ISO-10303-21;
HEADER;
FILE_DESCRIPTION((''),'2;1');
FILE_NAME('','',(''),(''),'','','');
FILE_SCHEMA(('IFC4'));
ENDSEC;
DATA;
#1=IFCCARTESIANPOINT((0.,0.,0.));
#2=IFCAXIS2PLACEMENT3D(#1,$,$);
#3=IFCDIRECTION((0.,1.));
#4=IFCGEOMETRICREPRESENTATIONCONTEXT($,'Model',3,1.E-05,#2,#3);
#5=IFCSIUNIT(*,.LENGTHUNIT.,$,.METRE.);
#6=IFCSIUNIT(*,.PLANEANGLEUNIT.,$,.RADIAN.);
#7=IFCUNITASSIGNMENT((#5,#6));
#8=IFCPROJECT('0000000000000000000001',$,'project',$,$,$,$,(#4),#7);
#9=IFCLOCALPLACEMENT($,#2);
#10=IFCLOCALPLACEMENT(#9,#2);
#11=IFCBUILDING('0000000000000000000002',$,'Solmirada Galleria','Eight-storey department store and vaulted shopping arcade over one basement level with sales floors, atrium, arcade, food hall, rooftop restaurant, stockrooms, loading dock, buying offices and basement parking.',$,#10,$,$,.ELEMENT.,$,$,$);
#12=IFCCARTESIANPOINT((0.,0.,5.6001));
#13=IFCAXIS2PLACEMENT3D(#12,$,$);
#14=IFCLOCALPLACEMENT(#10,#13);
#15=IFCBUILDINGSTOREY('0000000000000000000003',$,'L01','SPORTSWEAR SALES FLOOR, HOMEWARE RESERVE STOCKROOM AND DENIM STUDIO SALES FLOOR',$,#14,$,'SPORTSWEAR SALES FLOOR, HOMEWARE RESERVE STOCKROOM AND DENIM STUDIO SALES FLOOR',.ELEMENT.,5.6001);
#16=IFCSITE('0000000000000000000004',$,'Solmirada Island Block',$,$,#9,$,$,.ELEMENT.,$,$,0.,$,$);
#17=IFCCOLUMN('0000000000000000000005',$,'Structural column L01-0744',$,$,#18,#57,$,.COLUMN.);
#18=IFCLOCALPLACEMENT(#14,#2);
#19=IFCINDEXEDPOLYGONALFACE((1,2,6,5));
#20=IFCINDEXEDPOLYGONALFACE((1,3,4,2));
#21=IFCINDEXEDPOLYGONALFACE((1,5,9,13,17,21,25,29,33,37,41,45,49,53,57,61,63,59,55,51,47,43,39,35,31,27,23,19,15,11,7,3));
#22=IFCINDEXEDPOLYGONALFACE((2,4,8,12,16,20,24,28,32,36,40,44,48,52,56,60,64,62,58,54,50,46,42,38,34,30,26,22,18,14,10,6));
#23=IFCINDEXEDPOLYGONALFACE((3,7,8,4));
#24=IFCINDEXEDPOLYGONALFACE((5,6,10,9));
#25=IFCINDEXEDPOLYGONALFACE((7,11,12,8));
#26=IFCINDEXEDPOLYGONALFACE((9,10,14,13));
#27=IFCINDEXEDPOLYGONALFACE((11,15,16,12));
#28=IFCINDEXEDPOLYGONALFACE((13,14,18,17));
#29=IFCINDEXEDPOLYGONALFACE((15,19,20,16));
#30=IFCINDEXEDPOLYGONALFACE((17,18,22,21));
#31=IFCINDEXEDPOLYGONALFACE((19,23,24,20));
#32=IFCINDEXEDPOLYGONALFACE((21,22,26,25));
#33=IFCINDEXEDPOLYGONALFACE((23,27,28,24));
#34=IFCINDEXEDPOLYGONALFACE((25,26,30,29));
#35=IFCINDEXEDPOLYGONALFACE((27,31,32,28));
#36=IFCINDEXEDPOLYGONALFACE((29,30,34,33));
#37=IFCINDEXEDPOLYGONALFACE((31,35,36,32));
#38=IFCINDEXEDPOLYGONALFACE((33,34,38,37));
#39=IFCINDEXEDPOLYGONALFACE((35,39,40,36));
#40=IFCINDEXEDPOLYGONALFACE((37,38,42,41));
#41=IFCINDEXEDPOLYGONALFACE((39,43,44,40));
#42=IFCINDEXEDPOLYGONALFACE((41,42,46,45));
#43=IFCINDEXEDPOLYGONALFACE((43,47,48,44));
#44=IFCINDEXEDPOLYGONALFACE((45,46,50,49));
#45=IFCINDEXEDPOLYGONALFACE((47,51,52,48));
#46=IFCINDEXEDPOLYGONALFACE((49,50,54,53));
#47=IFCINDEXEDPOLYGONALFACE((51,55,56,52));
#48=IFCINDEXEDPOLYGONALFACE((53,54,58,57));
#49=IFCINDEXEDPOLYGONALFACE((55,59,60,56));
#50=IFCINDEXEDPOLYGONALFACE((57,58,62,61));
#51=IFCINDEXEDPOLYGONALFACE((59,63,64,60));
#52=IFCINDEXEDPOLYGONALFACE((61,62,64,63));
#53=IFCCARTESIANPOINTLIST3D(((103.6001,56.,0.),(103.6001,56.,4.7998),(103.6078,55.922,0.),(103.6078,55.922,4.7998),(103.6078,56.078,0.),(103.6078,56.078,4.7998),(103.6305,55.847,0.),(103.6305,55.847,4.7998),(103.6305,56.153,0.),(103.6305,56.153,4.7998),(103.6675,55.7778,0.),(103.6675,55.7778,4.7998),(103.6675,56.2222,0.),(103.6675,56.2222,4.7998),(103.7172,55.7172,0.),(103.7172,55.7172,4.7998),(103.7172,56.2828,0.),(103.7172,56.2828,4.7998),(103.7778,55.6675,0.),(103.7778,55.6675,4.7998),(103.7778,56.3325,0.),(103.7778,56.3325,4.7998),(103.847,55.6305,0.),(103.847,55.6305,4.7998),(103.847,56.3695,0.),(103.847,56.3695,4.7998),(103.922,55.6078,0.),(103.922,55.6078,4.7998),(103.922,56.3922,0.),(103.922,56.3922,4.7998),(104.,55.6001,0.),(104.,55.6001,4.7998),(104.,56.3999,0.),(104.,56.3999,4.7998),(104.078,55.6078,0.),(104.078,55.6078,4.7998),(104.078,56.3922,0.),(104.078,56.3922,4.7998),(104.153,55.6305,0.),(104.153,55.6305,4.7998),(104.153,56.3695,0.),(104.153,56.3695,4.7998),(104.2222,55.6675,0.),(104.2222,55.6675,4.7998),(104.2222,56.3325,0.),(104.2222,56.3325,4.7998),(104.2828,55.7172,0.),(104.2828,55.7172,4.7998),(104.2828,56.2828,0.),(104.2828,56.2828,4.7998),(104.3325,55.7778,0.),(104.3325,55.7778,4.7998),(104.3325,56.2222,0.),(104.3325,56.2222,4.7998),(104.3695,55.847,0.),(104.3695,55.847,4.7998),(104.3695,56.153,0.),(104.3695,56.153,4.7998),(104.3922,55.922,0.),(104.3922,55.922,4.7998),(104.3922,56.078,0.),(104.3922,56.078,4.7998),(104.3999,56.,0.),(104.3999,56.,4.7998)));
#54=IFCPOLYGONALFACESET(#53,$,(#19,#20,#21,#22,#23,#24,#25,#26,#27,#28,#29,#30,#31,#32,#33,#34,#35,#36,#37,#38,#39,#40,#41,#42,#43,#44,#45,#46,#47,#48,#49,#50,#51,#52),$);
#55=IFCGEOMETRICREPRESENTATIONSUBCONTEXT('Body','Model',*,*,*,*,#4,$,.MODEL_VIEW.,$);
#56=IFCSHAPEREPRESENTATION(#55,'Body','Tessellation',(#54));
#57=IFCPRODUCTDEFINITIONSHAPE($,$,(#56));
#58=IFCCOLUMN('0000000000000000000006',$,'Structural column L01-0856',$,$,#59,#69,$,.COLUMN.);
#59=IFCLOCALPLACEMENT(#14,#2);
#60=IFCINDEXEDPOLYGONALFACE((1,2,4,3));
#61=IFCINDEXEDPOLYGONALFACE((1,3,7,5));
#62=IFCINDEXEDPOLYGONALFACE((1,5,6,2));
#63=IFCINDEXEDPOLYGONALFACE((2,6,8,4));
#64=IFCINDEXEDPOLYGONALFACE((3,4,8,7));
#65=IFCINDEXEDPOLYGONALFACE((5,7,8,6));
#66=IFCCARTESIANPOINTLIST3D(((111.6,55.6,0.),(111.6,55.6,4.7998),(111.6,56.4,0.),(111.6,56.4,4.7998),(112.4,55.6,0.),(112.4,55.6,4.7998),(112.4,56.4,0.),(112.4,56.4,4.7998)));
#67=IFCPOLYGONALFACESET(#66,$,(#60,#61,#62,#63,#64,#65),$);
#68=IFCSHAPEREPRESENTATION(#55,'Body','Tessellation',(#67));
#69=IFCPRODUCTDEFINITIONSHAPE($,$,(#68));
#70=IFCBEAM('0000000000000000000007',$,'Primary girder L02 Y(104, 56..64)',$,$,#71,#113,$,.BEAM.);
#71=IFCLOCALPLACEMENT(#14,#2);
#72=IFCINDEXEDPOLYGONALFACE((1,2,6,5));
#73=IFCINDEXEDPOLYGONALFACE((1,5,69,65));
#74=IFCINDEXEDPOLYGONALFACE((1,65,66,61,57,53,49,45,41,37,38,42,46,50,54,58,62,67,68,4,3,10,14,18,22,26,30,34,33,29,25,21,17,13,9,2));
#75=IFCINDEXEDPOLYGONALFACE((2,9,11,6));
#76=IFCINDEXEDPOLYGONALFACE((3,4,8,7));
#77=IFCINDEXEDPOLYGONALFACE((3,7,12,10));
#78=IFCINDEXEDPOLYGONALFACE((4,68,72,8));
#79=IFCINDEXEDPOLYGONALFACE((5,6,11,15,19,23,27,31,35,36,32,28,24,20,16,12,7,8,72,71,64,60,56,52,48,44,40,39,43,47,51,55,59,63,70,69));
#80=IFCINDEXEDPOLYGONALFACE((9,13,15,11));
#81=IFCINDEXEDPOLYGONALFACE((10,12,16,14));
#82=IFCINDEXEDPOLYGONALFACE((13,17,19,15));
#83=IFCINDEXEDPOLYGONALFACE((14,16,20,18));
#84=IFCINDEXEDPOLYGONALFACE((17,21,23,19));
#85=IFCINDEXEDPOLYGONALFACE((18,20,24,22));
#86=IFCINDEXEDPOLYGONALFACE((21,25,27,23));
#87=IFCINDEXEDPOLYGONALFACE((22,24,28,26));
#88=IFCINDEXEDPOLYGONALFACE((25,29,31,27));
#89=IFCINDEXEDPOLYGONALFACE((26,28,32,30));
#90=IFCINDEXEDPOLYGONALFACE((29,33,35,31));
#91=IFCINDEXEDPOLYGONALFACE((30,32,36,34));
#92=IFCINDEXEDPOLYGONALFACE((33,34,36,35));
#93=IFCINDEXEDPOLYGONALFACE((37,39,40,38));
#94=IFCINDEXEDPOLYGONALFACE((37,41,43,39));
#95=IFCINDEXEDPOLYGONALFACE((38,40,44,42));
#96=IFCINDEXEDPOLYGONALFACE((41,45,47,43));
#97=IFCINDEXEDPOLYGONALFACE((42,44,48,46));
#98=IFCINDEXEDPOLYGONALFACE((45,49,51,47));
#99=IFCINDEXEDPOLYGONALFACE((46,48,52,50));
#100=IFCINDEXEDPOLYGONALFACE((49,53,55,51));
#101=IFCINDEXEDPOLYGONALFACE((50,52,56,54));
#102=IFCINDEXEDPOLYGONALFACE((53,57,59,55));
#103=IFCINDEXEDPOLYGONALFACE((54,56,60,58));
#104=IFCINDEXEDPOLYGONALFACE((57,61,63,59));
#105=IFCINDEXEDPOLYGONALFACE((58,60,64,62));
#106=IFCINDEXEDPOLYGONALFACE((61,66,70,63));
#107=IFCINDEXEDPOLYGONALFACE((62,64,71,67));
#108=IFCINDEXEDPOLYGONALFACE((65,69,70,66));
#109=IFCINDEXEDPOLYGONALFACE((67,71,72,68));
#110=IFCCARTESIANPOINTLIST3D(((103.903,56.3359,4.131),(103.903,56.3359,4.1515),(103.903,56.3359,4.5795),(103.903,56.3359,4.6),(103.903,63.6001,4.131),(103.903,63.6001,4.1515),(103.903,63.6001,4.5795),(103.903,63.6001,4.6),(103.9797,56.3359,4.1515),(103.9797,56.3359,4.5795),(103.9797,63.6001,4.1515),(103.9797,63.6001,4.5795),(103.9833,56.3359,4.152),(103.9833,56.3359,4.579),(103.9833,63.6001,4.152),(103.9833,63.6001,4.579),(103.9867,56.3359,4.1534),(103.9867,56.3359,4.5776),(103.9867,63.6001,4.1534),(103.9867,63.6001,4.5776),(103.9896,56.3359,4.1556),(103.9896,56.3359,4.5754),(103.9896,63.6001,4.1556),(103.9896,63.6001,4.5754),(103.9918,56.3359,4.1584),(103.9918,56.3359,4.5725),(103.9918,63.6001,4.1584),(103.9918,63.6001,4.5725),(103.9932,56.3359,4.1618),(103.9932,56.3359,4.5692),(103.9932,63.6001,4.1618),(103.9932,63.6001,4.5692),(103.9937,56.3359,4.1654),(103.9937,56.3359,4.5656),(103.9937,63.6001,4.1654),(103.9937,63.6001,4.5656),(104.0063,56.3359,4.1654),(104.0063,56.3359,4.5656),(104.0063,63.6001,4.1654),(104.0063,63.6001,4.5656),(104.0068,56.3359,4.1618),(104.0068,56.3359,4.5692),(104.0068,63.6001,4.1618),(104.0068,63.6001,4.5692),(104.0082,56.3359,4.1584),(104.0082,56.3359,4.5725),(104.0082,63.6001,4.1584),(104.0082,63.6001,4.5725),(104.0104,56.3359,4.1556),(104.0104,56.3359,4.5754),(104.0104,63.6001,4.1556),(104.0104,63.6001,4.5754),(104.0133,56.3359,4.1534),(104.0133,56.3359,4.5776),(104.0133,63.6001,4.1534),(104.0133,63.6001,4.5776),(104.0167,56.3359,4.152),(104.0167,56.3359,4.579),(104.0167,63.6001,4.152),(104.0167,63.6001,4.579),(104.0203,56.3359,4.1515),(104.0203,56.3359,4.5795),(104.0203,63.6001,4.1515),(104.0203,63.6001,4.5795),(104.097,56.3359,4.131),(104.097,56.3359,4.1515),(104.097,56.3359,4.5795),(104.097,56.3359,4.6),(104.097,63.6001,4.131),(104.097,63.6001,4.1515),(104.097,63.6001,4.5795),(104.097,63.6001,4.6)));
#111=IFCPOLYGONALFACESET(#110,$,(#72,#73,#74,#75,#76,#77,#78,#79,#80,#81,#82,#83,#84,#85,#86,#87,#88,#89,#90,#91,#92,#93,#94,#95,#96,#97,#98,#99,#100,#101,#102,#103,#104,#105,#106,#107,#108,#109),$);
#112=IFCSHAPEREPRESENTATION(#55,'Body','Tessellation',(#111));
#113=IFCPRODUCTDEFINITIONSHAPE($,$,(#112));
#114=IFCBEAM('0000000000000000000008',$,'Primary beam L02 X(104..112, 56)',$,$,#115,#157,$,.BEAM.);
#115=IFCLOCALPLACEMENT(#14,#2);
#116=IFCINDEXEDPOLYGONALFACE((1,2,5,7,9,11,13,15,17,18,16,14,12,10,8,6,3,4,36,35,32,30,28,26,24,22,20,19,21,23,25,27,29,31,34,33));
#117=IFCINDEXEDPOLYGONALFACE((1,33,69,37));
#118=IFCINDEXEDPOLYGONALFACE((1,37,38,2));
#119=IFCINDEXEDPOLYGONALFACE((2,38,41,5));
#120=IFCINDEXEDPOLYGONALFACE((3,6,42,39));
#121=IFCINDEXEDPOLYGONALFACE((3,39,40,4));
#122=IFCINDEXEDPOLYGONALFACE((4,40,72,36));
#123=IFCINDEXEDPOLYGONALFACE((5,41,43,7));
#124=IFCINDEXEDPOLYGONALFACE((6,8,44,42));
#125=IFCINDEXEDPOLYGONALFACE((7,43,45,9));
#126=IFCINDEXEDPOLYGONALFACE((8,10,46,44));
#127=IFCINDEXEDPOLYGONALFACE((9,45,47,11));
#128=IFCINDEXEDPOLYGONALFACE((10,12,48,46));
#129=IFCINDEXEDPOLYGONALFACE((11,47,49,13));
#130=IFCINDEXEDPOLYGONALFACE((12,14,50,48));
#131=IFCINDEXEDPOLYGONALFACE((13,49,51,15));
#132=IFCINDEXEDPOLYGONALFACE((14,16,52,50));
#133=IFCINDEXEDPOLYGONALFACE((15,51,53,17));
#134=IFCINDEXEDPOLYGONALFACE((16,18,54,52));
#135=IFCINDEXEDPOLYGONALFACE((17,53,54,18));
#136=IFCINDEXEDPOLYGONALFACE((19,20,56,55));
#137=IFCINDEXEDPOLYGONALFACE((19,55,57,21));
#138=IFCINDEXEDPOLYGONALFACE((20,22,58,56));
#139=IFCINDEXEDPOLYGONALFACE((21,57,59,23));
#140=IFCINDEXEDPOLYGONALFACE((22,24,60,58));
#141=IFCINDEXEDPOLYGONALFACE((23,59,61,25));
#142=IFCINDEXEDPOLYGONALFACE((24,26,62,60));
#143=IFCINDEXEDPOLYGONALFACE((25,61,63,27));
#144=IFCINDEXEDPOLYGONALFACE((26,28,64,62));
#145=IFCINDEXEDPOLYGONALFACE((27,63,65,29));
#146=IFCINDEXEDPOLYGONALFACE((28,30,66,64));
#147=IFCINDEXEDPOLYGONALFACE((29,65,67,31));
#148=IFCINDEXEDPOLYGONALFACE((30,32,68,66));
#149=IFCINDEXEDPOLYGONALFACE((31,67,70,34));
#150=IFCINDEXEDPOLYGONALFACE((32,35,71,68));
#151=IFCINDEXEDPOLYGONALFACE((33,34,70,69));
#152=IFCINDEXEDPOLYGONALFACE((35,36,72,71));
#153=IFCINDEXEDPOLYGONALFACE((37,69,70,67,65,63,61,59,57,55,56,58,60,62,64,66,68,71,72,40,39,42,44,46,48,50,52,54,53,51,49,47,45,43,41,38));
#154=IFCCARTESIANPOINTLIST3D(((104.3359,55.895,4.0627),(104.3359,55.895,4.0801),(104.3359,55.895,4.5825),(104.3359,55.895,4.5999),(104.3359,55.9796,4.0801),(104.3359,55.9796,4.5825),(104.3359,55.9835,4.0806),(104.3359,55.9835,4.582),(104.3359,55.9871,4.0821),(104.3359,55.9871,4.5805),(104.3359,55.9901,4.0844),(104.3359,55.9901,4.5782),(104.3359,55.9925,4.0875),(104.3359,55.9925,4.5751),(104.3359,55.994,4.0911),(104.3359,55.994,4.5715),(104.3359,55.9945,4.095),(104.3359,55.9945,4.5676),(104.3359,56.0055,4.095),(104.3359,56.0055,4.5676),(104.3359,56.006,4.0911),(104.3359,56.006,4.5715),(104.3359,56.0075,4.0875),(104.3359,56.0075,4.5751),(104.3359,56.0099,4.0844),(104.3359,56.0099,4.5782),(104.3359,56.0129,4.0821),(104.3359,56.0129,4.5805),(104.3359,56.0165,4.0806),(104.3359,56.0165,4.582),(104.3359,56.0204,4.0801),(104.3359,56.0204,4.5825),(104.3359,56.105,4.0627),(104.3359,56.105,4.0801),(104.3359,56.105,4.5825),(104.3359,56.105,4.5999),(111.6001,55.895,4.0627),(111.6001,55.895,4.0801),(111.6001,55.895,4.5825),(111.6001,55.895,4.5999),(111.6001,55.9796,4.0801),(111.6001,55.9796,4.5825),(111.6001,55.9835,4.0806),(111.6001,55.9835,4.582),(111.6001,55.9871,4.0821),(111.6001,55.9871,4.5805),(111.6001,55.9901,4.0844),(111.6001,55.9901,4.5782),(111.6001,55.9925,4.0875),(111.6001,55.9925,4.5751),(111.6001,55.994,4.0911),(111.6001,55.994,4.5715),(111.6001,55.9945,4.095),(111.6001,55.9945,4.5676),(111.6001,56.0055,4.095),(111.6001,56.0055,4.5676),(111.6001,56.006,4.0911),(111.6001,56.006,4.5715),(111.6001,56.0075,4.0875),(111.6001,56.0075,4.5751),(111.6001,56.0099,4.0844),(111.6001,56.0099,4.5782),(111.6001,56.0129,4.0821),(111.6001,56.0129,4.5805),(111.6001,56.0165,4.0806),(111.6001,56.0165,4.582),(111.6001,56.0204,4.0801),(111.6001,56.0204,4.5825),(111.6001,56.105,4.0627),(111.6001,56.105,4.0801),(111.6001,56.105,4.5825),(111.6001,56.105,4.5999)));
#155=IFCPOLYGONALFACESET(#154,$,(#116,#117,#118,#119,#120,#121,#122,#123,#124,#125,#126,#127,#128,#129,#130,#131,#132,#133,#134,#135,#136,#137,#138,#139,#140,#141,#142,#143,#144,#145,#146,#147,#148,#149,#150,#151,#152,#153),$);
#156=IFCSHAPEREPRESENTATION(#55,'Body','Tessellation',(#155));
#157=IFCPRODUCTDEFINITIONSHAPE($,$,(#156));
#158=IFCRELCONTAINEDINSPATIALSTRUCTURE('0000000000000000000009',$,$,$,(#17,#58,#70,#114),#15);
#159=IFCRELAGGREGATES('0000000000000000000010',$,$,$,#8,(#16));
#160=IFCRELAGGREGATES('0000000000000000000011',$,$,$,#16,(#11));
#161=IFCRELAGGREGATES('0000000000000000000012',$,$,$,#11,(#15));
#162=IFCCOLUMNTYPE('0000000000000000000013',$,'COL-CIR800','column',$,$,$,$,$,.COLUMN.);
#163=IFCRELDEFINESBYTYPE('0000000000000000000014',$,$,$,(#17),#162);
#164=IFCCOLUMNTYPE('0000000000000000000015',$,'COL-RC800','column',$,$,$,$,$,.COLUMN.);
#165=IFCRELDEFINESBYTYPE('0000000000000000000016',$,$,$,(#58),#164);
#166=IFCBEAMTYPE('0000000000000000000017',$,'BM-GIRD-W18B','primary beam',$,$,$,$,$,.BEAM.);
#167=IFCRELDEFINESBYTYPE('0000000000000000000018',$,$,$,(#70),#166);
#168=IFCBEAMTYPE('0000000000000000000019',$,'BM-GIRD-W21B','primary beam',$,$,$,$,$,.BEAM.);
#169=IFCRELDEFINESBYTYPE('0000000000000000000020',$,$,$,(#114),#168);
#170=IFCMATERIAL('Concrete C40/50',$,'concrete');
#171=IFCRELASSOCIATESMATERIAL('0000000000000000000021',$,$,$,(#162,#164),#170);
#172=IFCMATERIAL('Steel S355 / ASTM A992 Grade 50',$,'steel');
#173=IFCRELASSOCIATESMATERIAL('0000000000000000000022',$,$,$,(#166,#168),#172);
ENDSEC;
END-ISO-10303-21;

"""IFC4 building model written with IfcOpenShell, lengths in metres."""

from ifc_helpers import new_model, si_unit, direction, frame, origin, origin_2d, place, context, subcontext, project, spatial, rectangle, circle, i_section, extrude, material, material_profile, profile_set, type_object, element, save


model = new_model("IFC4")

# Units and contexts
model_context = context("Model", 3, precision=1e-05, world=origin(), true_north=direction((0.0, 1.0)))
body_context = subcontext(model_context, "Body", "Model", "MODEL_VIEW")
ifc_project = project(units=[si_unit("LENGTHUNIT", "METRE"), si_unit("PLANEANGLEUNIT", "RADIAN")], contexts=[model_context])

# Site, building, storey
site_placement = place(None, origin())
site = spatial("IfcSite", under=ifc_project, at=site_placement, Name="Solmirada Island Block", CompositionType="ELEMENT", RefElevation=0.0)
building_placement = place(site_placement, origin())
building = spatial("IfcBuilding", under=site, at=building_placement, Name="Solmirada Galleria", Description="Eight-storey department store and vaulted shopping arcade over one basement level with sales floors, atrium, arcade, food hall, rooftop restaurant, stockrooms, loading dock, buying offices and basement parking.", CompositionType="ELEMENT")
storey_placement = place(building_placement, frame((0.0, 0.0, 5.6001)))
storey = spatial("IfcBuildingStorey", under=building, at=storey_placement, Name="L01", Description="SPORTSWEAR SALES FLOOR, HOMEWARE RESERVE STOCKROOM AND DENIM STUDIO SALES FLOOR", LongName="SPORTSWEAR SALES FLOOR, HOMEWARE RESERVE STOCKROOM AND DENIM STUDIO SALES FLOOR", CompositionType="ELEMENT", Elevation=5.6001)

# Columns
ifc_material_1 = material(Name="Concrete C40/50", Category="concrete")
ifc_material_profile_1 = material_profile(ifc_material_1, circle(Radius=0.3999, at=origin_2d()), Name="RCCOL800")
ifc_profile_set_1 = profile_set([ifc_material_profile_1], Name="Concrete C40/50")
column_type_1 = type_object("IfcColumnType", Name="COL-CIR800", Description="column", PredefinedType="COLUMN", material=ifc_profile_set_1)
column_1_placement = place(storey_placement, frame((104.0, 56.0, 0.0), z_axis=(0.0, 0.0, 1.0), x_axis=(1.0, 0.0, 0.0)))
element("IfcColumn", 1, at=column_1_placement, inside=storey, type_object=column_type_1, Name="Structural column L01-0744", PredefinedType="COLUMN", context=body_context, shape_type="SweptSolid", body=[
    extrude(circle(Radius=0.3999, at=origin_2d()), origin(), (0.0, 0.0, 1.0), 4.7998),
])
ifc_material_profile_2 = material_profile(ifc_material_1, rectangle(XDim=0.8, YDim=0.8, at=origin_2d()), Name="RC800X800")
ifc_profile_set_2 = profile_set([ifc_material_profile_2], Name="Concrete C40/50")
column_type_2 = type_object("IfcColumnType", Name="COL-RC800", Description="column", PredefinedType="COLUMN", material=ifc_profile_set_2)
column_2_placement = place(storey_placement, frame((112.0, 56.0, 0.0), z_axis=(0.0, 0.0, 1.0), x_axis=(1.0, 0.0, 0.0)))
element("IfcColumn", 2, at=column_2_placement, inside=storey, type_object=column_type_2, Name="Structural column L01-0856", PredefinedType="COLUMN", context=body_context, shape_type="SweptSolid", body=[
    extrude(rectangle(XDim=0.8, YDim=0.8, at=origin_2d()), origin(), (0.0, 0.0, 1.0), 4.7998),
])

# Beams
ifc_material_2 = material(Name="Steel S355 / ASTM A992 Grade 50", Category="steel")
ifc_material_profile_3 = material_profile(ifc_material_2, i_section(OverallWidth=0.1941, OverallDepth=0.469, WebThickness=0.0127, FlangeThickness=0.0205, FilletRadius=0.0139, at=origin_2d()), Name="W18X71")
ifc_profile_set_3 = profile_set([ifc_material_profile_3], Name="Steel S355 / ASTM A992 Grade 50")
beam_type_1 = type_object("IfcBeamType", Name="BM-GIRD-W18B", Description="primary beam", PredefinedType="BEAM", material=ifc_profile_set_3)
beam_1_placement = place(storey_placement, frame((104.0, 56.3359, 4.3655), z_axis=(0.0, 1.0, 0.0), x_axis=(-1.0, 0.0, 0.0)))
element("IfcBeam", 3, at=beam_1_placement, inside=storey, type_object=beam_type_1, Name="Primary girder L02 Y(104, 56..64)", PredefinedType="BEAM", context=body_context, shape_type="SweptSolid", body=[
    extrude(i_section(OverallWidth=0.1941, OverallDepth=0.469, WebThickness=0.0127, FlangeThickness=0.0205, FilletRadius=0.0139, at=origin_2d()), origin(), (0.0, 0.0, 1.0), 7.2642),
])
ifc_material_profile_4 = material_profile(ifc_material_2, i_section(OverallWidth=0.21, OverallDepth=0.5371, WebThickness=0.011, FlangeThickness=0.0173, FilletRadius=0.0149, at=origin_2d()), Name="W21X68")
ifc_profile_set_4 = profile_set([ifc_material_profile_4], Name="Steel S355 / ASTM A992 Grade 50")
beam_type_2 = type_object("IfcBeamType", Name="BM-GIRD-W21B", Description="primary beam", PredefinedType="BEAM", material=ifc_profile_set_4)
for number, where, z_axis, x_axis, name in (
    (4, (104.3359, 56.0, 4.3313), (1.0, 0.0, 0.0), (0.0, 1.0, 0.0), "Primary beam L02 X(104..112, 56)"),
):
    element("IfcBeam", number, at=place(storey_placement, frame(where, z_axis=z_axis, x_axis=x_axis)), inside=storey, type_object=beam_type_2, Name=name, PredefinedType="BEAM", context=body_context, shape_type="SweptSolid", body=[
        extrude(i_section(OverallWidth=0.21, OverallDepth=0.5371, WebThickness=0.011, FlangeThickness=0.0173, FilletRadius=0.0149, at=origin_2d()), origin(), (0.0, 0.0, 1.0), 7.2642),
    ])

save(model, "model.ifc")
